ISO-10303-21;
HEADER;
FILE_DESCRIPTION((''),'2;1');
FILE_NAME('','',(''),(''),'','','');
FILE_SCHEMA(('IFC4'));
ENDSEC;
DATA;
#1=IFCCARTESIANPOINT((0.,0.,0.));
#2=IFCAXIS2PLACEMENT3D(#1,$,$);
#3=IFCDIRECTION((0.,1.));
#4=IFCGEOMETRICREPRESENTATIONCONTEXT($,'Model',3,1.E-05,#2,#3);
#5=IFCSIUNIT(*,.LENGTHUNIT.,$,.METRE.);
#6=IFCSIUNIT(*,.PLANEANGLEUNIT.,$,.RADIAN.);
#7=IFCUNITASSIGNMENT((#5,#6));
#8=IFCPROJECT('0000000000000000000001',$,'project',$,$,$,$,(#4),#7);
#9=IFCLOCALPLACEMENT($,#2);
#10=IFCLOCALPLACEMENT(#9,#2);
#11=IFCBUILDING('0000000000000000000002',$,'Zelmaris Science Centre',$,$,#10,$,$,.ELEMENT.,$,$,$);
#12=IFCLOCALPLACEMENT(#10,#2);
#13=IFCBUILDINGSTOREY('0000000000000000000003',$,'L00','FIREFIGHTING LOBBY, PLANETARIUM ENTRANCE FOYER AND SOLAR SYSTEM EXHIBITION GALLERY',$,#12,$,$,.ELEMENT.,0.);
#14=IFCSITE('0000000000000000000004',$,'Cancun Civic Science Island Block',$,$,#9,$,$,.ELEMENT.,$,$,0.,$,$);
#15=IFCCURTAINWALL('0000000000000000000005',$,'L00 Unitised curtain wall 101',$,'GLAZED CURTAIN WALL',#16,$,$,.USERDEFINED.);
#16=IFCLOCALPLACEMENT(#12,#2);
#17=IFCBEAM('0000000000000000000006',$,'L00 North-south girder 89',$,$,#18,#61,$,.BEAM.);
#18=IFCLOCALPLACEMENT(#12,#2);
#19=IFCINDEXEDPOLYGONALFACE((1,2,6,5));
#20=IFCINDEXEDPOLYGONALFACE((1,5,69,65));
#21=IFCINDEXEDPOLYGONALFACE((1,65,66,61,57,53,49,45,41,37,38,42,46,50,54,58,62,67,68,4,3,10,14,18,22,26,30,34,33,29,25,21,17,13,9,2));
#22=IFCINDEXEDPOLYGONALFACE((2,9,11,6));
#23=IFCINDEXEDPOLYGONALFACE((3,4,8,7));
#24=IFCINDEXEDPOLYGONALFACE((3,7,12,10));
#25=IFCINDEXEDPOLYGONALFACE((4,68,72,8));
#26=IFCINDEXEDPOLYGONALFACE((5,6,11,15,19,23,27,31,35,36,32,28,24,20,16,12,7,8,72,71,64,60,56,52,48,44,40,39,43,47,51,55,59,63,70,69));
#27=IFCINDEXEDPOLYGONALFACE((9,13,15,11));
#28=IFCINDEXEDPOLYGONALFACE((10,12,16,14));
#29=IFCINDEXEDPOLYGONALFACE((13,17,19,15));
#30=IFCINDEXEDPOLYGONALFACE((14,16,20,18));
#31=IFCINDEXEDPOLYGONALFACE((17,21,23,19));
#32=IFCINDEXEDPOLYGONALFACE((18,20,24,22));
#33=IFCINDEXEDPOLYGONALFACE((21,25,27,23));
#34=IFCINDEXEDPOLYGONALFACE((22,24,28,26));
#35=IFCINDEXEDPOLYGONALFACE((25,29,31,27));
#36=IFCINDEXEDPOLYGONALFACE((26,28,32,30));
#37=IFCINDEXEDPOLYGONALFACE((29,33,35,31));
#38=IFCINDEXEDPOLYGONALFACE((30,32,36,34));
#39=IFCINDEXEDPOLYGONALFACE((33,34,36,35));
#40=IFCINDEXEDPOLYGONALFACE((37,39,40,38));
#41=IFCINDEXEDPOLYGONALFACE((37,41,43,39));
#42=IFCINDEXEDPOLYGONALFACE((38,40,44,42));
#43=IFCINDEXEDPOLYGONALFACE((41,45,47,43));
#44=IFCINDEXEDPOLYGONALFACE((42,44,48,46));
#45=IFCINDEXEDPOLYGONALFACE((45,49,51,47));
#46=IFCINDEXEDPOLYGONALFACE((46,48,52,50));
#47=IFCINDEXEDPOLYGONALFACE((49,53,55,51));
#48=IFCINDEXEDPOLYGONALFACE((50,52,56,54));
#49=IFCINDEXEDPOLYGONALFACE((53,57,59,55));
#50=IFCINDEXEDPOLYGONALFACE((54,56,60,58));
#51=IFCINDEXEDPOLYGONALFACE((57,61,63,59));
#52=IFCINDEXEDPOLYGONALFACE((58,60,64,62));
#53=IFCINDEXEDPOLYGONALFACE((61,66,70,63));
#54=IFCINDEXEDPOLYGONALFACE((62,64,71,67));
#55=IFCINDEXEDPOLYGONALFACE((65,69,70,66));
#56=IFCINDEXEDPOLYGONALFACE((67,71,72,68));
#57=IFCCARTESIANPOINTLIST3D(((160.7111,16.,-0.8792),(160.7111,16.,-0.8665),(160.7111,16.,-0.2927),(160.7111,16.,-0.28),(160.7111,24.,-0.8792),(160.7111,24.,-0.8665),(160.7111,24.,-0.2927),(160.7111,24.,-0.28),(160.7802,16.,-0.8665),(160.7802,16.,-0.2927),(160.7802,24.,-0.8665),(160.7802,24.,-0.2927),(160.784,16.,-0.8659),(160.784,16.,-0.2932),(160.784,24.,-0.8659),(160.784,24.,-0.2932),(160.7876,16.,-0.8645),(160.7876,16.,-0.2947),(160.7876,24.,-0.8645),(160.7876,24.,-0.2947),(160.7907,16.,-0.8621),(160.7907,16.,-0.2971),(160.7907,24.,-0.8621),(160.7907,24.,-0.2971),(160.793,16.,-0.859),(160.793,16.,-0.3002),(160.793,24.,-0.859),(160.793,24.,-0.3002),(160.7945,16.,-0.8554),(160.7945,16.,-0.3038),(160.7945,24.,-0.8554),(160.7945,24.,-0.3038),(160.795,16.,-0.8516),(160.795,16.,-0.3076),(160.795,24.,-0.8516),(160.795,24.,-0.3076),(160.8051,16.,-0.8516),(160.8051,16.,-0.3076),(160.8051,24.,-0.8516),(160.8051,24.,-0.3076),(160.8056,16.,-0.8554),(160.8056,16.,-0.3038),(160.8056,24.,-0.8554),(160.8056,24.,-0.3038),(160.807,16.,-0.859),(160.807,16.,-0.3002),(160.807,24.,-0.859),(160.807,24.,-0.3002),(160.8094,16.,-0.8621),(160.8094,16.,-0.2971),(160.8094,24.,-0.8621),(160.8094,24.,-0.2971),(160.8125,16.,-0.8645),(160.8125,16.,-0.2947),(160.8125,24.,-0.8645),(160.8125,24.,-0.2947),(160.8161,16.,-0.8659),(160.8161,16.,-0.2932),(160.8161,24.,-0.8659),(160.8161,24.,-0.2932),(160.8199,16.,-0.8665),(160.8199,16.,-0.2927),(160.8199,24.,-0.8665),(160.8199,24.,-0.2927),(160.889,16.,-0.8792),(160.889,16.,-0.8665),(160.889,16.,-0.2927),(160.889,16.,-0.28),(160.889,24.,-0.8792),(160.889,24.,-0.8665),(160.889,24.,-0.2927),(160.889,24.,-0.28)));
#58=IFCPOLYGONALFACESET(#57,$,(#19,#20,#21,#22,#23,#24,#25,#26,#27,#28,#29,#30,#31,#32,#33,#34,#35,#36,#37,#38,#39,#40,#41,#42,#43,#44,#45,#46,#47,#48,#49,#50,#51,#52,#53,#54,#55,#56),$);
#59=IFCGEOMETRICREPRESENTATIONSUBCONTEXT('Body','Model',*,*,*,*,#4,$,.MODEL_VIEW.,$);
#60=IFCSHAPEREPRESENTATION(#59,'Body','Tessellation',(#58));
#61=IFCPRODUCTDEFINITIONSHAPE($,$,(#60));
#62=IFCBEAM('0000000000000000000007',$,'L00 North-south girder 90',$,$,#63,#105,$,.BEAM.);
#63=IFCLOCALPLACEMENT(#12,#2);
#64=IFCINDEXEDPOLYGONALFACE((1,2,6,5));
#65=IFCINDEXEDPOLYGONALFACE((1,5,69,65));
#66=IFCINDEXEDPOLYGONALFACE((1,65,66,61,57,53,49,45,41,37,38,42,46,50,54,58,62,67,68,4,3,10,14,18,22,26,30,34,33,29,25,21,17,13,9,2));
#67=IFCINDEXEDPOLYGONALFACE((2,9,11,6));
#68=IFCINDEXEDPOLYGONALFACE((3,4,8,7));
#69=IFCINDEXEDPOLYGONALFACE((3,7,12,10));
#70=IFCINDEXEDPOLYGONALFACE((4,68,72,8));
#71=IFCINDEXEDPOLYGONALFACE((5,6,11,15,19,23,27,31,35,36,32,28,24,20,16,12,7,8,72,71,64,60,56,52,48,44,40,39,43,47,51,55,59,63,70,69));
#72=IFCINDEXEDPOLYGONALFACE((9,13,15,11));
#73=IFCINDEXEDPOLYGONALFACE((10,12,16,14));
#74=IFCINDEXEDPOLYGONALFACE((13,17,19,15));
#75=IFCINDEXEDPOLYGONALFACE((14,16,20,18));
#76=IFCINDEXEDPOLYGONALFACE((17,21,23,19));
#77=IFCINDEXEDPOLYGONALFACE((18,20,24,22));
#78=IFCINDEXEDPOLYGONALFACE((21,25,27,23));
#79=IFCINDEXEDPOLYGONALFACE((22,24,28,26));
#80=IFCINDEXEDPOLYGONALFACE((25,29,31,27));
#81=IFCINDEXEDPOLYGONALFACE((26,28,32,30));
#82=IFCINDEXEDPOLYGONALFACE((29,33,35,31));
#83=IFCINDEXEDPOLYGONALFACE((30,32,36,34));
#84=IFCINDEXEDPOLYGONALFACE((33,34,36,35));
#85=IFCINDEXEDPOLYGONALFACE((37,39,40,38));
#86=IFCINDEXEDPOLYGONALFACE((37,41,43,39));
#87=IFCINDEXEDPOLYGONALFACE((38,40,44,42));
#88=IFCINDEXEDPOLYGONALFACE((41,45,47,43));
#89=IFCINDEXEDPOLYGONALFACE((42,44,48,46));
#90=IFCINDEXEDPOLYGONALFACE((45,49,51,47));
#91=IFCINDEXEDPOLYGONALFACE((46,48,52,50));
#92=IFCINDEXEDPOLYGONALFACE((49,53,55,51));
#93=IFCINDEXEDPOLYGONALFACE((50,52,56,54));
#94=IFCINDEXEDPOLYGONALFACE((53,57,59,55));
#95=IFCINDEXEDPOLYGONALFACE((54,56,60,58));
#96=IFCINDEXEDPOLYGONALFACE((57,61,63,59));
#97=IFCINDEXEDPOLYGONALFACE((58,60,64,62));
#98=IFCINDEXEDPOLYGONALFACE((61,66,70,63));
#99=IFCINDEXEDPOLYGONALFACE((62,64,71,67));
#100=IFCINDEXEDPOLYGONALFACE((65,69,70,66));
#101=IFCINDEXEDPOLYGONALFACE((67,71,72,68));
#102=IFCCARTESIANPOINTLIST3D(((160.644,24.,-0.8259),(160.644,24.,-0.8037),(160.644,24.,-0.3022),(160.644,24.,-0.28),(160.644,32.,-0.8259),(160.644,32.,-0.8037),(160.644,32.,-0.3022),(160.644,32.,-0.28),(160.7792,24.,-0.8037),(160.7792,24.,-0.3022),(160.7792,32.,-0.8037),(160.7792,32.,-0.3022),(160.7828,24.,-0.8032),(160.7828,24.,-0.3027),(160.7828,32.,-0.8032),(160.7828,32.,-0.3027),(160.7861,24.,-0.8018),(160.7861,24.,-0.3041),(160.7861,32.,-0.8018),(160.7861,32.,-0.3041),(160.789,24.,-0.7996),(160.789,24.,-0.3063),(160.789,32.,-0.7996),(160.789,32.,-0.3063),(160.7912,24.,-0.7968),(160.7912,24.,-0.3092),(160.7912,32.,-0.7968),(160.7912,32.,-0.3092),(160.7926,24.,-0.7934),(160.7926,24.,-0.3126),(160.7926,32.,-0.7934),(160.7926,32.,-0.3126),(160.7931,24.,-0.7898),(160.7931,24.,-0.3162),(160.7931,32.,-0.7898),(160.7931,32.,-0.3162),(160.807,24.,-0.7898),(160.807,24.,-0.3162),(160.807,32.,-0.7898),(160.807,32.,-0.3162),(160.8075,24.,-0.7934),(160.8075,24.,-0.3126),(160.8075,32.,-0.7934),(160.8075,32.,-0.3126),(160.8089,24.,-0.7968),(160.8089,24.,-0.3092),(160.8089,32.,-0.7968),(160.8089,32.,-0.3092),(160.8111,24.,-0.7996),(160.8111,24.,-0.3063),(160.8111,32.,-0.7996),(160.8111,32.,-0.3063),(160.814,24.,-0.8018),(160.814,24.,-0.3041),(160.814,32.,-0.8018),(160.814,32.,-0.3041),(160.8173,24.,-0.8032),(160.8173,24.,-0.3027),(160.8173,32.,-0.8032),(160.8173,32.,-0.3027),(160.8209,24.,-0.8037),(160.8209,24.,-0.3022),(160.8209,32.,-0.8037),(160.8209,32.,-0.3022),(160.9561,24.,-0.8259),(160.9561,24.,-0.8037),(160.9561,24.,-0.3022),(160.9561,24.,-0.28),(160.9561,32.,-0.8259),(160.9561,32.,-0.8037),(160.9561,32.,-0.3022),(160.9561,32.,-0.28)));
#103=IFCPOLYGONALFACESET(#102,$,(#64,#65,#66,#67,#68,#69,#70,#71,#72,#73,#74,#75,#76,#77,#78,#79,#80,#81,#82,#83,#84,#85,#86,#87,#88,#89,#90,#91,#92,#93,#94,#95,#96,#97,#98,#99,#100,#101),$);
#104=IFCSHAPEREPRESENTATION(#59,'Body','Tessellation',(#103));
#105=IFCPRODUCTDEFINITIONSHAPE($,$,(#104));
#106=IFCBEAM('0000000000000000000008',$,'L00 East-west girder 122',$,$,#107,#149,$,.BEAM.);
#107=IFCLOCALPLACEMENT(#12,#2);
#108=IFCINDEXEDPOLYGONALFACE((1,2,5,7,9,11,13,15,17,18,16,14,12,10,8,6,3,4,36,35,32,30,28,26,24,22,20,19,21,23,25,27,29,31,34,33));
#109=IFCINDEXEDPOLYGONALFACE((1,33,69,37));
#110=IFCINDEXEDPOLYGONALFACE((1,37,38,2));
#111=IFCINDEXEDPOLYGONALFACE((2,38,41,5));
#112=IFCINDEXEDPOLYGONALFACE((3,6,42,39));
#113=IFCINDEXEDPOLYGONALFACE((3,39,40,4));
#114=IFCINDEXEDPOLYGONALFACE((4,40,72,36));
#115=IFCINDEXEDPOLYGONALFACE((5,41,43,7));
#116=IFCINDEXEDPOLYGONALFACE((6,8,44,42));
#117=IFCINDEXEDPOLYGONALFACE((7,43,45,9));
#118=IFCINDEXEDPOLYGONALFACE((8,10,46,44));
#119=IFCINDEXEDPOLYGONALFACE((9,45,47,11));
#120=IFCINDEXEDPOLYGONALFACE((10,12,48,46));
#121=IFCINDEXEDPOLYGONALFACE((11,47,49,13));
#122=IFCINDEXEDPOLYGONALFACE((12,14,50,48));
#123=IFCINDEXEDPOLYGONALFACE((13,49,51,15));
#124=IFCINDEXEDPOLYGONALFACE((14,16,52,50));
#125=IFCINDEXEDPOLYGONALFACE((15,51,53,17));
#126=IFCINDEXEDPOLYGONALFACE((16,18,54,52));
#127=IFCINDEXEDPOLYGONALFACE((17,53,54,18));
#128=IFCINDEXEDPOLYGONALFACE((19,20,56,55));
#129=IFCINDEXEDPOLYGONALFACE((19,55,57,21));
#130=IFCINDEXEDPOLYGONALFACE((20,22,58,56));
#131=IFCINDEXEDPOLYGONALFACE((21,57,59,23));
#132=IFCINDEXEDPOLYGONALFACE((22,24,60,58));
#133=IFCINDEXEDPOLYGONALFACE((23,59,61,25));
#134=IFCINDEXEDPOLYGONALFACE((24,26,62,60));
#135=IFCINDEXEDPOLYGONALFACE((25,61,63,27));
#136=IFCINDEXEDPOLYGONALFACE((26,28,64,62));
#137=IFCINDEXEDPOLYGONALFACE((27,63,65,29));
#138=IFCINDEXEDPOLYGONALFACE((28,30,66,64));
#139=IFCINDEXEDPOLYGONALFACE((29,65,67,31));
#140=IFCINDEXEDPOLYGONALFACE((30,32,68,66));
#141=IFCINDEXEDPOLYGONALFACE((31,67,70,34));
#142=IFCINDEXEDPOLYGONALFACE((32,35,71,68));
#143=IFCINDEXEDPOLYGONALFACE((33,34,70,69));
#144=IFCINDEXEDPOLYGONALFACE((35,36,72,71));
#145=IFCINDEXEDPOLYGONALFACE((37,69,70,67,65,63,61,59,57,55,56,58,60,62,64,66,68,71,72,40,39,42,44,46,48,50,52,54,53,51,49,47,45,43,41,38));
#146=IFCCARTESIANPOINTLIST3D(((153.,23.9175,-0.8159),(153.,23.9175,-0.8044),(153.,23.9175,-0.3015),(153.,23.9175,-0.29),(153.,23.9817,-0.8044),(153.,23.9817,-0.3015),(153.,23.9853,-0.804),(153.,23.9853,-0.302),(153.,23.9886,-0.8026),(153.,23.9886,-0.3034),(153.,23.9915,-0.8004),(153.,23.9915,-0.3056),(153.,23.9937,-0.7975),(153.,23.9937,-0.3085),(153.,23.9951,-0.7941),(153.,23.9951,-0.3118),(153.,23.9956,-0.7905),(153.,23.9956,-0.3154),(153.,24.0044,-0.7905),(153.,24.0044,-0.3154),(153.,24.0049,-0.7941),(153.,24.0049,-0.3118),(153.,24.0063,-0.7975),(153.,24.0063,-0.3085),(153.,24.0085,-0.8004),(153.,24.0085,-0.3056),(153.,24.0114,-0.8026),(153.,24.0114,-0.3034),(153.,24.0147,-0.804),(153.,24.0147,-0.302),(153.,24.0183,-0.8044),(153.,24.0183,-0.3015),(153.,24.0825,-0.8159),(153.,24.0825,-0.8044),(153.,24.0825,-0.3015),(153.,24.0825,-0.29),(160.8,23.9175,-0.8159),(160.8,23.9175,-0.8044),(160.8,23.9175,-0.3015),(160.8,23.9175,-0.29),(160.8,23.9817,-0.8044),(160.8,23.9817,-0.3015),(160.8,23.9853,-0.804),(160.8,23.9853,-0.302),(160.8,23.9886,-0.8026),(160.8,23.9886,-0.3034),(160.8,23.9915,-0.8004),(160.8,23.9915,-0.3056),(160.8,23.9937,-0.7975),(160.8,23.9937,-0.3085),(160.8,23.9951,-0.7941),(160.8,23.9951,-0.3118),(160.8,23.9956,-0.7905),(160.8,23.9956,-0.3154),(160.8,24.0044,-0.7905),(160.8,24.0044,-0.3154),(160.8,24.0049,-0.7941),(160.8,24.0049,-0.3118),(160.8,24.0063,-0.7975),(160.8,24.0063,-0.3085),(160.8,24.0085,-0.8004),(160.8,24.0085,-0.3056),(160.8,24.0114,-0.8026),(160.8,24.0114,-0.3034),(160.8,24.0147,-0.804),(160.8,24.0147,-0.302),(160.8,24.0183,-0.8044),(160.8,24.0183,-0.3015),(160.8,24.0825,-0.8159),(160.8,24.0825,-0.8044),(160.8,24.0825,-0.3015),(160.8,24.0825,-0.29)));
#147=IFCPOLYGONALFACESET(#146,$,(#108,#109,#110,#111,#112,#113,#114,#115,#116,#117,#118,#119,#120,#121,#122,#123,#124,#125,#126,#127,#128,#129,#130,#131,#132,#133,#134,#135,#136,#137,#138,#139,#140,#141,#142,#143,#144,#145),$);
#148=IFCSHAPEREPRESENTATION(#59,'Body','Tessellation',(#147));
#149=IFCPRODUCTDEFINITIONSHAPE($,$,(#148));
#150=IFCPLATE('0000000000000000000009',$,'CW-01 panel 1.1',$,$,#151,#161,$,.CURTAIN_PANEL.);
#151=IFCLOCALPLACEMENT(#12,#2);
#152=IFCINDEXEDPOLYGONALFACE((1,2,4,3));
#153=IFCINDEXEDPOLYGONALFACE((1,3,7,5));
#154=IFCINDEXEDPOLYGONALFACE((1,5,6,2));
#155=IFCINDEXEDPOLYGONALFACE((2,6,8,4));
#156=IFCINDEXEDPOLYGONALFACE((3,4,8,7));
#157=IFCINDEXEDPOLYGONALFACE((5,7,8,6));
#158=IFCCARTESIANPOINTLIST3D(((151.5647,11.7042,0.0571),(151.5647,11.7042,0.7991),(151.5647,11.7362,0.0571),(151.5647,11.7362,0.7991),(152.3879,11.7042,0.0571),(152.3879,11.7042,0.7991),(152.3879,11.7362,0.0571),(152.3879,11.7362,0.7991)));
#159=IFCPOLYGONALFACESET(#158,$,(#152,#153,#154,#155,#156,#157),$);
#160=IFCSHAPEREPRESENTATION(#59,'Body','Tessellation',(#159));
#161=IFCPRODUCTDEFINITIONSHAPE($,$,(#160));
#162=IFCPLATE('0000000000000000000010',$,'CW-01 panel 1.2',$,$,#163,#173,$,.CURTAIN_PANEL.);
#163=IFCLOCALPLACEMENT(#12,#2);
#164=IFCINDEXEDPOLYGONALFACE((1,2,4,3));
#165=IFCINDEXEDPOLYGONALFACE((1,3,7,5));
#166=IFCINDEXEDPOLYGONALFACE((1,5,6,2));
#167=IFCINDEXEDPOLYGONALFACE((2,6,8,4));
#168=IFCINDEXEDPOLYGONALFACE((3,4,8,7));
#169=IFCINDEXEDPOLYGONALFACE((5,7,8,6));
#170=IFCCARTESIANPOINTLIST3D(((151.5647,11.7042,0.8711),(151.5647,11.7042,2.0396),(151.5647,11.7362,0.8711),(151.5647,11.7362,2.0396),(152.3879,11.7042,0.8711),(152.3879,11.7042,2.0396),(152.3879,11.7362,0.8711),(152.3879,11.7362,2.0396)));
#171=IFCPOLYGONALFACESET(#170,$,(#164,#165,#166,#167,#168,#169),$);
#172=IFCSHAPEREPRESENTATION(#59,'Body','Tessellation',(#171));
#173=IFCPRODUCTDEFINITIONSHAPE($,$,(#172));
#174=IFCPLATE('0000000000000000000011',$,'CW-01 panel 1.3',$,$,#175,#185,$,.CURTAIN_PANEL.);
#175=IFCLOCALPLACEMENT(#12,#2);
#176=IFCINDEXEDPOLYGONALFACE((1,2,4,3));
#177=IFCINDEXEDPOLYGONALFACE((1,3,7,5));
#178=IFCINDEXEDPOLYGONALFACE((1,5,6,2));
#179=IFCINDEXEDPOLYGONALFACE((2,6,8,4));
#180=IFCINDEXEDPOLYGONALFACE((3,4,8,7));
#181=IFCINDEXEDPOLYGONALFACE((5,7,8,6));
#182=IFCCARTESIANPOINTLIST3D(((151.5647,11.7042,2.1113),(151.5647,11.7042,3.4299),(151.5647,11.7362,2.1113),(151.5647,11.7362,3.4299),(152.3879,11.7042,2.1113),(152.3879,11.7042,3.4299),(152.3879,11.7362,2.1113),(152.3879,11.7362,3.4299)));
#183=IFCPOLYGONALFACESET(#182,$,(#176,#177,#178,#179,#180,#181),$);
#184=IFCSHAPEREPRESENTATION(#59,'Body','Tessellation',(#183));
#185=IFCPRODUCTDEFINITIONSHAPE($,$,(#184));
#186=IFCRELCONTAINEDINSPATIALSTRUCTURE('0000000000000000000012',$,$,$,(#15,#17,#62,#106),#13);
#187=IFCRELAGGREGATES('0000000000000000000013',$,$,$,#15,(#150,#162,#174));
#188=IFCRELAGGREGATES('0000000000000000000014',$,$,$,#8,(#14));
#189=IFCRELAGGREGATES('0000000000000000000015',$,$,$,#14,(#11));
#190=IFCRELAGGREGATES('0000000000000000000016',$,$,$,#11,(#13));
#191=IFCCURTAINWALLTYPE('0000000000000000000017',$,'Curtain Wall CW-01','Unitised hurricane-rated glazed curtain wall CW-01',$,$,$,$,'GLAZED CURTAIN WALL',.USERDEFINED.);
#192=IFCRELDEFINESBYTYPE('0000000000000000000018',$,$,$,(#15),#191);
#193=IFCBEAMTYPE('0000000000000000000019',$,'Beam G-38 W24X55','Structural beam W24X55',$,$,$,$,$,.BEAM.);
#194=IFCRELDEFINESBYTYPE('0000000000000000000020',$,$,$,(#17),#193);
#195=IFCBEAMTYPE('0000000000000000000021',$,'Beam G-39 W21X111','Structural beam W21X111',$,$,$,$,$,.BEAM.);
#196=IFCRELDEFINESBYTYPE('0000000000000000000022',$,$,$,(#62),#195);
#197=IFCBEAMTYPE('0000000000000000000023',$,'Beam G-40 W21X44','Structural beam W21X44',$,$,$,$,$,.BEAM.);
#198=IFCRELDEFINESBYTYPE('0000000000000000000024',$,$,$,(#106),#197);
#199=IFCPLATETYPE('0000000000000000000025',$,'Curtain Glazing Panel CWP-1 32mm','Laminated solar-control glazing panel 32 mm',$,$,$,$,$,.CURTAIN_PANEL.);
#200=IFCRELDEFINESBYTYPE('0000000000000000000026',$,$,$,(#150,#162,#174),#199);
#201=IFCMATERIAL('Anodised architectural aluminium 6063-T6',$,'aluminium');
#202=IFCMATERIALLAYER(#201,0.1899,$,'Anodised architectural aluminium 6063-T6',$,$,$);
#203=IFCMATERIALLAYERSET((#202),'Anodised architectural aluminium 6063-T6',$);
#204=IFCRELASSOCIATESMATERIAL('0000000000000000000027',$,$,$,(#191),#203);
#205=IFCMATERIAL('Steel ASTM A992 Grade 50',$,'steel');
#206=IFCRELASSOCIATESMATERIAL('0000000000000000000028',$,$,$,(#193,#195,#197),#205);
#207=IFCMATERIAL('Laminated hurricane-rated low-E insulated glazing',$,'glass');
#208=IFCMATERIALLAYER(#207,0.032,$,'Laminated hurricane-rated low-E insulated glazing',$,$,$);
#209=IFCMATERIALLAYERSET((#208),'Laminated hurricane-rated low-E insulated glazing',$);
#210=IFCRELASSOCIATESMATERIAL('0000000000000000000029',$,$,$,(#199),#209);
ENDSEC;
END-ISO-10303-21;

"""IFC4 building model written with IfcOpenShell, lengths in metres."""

from ifc_helpers import new_model, si_unit, direction, frame, origin, origin_2d, place, context, subcontext, project, spatial, rectangle, i_section, extrude, material, layer, layer_set, material_profile, profile_set, type_object, element, aggregate, save


model = new_model("IFC4")

# Units and contexts
model_context = context("Model", 3, precision=1e-05, world=origin(), true_north=direction((0.0, 1.0)))
body_context = subcontext(model_context, "Body", "Model", "MODEL_VIEW")
ifc_project = project(units=[si_unit("LENGTHUNIT", "METRE"), si_unit("PLANEANGLEUNIT", "RADIAN")], contexts=[model_context])

# Site, building, storey
site_placement = place(None, origin())
site = spatial("IfcSite", under=ifc_project, at=site_placement, Name="Cancun Civic Science Island Block", CompositionType="ELEMENT", RefElevation=0.0)
building_placement = place(site_placement, origin())
building = spatial("IfcBuilding", under=site, at=building_placement, Name="Zelmaris Science Centre", CompositionType="ELEMENT")
storey_placement = place(building_placement, origin())
storey = spatial("IfcBuildingStorey", under=building, at=storey_placement, Name="L00", Description="FIREFIGHTING LOBBY, PLANETARIUM ENTRANCE FOYER AND SOLAR SYSTEM EXHIBITION GALLERY", CompositionType="ELEMENT", Elevation=0.0)

# Shared definitions
ifc_material_1 = material(Name="Steel ASTM A992 Grade 50", Category="steel")

# Curtain wall
ifc_material_2 = material(Name="Anodised architectural aluminium 6063-T6", Category="aluminium")
ifc_layer_1 = layer(ifc_material_2, 0.1899, Name="Anodised architectural aluminium 6063-T6")
ifc_layer_set_1 = layer_set([ifc_layer_1], Name="Anodised architectural aluminium 6063-T6")
curtain_wall_type = type_object("IfcCurtainWallType", Name="Curtain Wall CW-01", Description="Unitised hurricane-rated glazed curtain wall CW-01", ElementType="GLAZED CURTAIN WALL", PredefinedType="USERDEFINED", material=ifc_layer_set_1)
curtain_wall_placement = place(storey_placement, origin())
curtain_wall = element("IfcCurtainWall", 1, at=curtain_wall_placement, inside=storey, type_object=curtain_wall_type, Name="L00 Unitised curtain wall 101", ObjectType="GLAZED CURTAIN WALL", PredefinedType="USERDEFINED")

# Beams
ifc_material_profile_1 = material_profile(ifc_material_1, i_section(OverallWidth=0.178, OverallDepth=0.5991, WebThickness=0.01, FlangeThickness=0.0127, FilletRadius=0.0149, at=origin_2d()), Name="W24X55")
ifc_profile_set_1 = profile_set([ifc_material_profile_1], Name="Steel ASTM A992 Grade 50")
beam_type_1 = type_object("IfcBeamType", Name="Beam G-38 W24X55", Description="Structural beam W24X55", PredefinedType="BEAM", material=ifc_profile_set_1)
beam_1_placement = place(storey_placement, frame((160.8, 16.0, -0.5796), z_axis=(0.0, 1.0, 0.0), x_axis=(-1.0, 0.0, 0.0)))
element("IfcBeam", 2, at=beam_1_placement, inside=storey, type_object=beam_type_1, Name="L00 North-south girder 89", PredefinedType="BEAM", context=body_context, shape_type="SweptSolid", body=[
    extrude(i_section(OverallWidth=0.178, OverallDepth=0.5991, WebThickness=0.01, FlangeThickness=0.0127, FilletRadius=0.0149, at=origin_2d()), origin(), (0.0, 0.0, 1.0), 8.0),
])
ifc_material_profile_2 = material_profile(ifc_material_1, i_section(OverallWidth=0.312, OverallDepth=0.5459, WebThickness=0.0139, FlangeThickness=0.0222, FilletRadius=0.0139, at=origin_2d()), Name="W21X111")
ifc_profile_set_2 = profile_set([ifc_material_profile_2], Name="Steel ASTM A992 Grade 50")
beam_type_2 = type_object("IfcBeamType", Name="Beam G-39 W21X111", Description="Structural beam W21X111", PredefinedType="BEAM", material=ifc_profile_set_2)
beam_2_placement = place(storey_placement, frame((160.8, 24.0, -0.553), z_axis=(0.0, 1.0, 0.0), x_axis=(-1.0, 0.0, 0.0)))
element("IfcBeam", 3, at=beam_2_placement, inside=storey, type_object=beam_type_2, Name="L00 North-south girder 90", PredefinedType="BEAM", context=body_context, shape_type="SweptSolid", body=[
    extrude(i_section(OverallWidth=0.312, OverallDepth=0.5459, WebThickness=0.0139, FlangeThickness=0.0222, FilletRadius=0.0139, at=origin_2d()), origin(), (0.0, 0.0, 1.0), 8.0),
])
ifc_material_profile_3 = material_profile(ifc_material_1, i_section(OverallWidth=0.165, OverallDepth=0.5259, WebThickness=0.0088, FlangeThickness=0.0115, FilletRadius=0.0139, at=origin_2d()), Name="W21X44")
ifc_profile_set_3 = profile_set([ifc_material_profile_3], Name="Steel ASTM A992 Grade 50")
beam_type_3 = type_object("IfcBeamType", Name="Beam G-40 W21X44", Description="Structural beam W21X44", PredefinedType="BEAM", material=ifc_profile_set_3)
beam_3_placement = place(storey_placement, frame((153.0, 24.0, -0.553), z_axis=(1.0, 0.0, 0.0), x_axis=(0.0, 1.0, 0.0)))
element("IfcBeam", 4, at=beam_3_placement, inside=storey, type_object=beam_type_3, Name="L00 East-west girder 122", PredefinedType="BEAM", context=body_context, shape_type="SweptSolid", body=[
    extrude(i_section(OverallWidth=0.165, OverallDepth=0.5259, WebThickness=0.0088, FlangeThickness=0.0115, FilletRadius=0.0139, at=origin_2d()), origin(), (0.0, 0.0, 1.0), 7.8),
])

# Plates
ifc_material_3 = material(Name="Laminated hurricane-rated low-E insulated glazing", Category="glass")
ifc_layer_2 = layer(ifc_material_3, 0.032, Name="Laminated hurricane-rated low-E insulated glazing")
ifc_layer_set_2 = layer_set([ifc_layer_2], Name="Laminated hurricane-rated low-E insulated glazing")
plate_type = type_object("IfcPlateType", Name="Curtain Glazing Panel CWP-1 32mm", Description="Laminated solar-control glazing panel 32 mm", PredefinedType="CURTAIN_PANEL", material=ifc_layer_set_2)
plate_1_placement = place(storey_placement, frame((151.9763, 11.7202, 0.0571), z_axis=(0.0, 0.0, 1.0), x_axis=(-1.0, 0.0, 0.0)))
plate_1 = element("IfcPlate", 5, at=plate_1_placement, type_object=plate_type, Name="CW-01 panel 1.1", PredefinedType="CURTAIN_PANEL", context=body_context, shape_type="SweptSolid", body=[
    extrude(rectangle(XDim=0.8232, YDim=0.032, at=origin_2d()), origin(), (0.0, 0.0, 1.0), 0.7419),
])
plate_2_placement = place(storey_placement, frame((151.9763, 11.7202, 0.8711), z_axis=(0.0, 0.0, 1.0), x_axis=(-1.0, 0.0, 0.0)))
plate_2 = element("IfcPlate", 6, at=plate_2_placement, type_object=plate_type, Name="CW-01 panel 1.2", PredefinedType="CURTAIN_PANEL", context=body_context, shape_type="SweptSolid", body=[
    extrude(rectangle(XDim=0.8232, YDim=0.032, at=origin_2d()), origin(), (0.0, 0.0, 1.0), 1.1685),
])
plate_3_placement = place(storey_placement, frame((151.9763, 11.7202, 2.1113), z_axis=(0.0, 0.0, 1.0), x_axis=(-1.0, 0.0, 0.0)))
plate_3 = element("IfcPlate", 7, at=plate_3_placement, type_object=plate_type, Name="CW-01 panel 1.3", PredefinedType="CURTAIN_PANEL", context=body_context, shape_type="SweptSolid", body=[
    extrude(rectangle(XDim=0.8232, YDim=0.032, at=origin_2d()), origin(), (0.0, 0.0, 1.0), 1.3186),
])
aggregate(curtain_wall, [plate_1, plate_2, plate_3])

save(model, "model.ifc")
